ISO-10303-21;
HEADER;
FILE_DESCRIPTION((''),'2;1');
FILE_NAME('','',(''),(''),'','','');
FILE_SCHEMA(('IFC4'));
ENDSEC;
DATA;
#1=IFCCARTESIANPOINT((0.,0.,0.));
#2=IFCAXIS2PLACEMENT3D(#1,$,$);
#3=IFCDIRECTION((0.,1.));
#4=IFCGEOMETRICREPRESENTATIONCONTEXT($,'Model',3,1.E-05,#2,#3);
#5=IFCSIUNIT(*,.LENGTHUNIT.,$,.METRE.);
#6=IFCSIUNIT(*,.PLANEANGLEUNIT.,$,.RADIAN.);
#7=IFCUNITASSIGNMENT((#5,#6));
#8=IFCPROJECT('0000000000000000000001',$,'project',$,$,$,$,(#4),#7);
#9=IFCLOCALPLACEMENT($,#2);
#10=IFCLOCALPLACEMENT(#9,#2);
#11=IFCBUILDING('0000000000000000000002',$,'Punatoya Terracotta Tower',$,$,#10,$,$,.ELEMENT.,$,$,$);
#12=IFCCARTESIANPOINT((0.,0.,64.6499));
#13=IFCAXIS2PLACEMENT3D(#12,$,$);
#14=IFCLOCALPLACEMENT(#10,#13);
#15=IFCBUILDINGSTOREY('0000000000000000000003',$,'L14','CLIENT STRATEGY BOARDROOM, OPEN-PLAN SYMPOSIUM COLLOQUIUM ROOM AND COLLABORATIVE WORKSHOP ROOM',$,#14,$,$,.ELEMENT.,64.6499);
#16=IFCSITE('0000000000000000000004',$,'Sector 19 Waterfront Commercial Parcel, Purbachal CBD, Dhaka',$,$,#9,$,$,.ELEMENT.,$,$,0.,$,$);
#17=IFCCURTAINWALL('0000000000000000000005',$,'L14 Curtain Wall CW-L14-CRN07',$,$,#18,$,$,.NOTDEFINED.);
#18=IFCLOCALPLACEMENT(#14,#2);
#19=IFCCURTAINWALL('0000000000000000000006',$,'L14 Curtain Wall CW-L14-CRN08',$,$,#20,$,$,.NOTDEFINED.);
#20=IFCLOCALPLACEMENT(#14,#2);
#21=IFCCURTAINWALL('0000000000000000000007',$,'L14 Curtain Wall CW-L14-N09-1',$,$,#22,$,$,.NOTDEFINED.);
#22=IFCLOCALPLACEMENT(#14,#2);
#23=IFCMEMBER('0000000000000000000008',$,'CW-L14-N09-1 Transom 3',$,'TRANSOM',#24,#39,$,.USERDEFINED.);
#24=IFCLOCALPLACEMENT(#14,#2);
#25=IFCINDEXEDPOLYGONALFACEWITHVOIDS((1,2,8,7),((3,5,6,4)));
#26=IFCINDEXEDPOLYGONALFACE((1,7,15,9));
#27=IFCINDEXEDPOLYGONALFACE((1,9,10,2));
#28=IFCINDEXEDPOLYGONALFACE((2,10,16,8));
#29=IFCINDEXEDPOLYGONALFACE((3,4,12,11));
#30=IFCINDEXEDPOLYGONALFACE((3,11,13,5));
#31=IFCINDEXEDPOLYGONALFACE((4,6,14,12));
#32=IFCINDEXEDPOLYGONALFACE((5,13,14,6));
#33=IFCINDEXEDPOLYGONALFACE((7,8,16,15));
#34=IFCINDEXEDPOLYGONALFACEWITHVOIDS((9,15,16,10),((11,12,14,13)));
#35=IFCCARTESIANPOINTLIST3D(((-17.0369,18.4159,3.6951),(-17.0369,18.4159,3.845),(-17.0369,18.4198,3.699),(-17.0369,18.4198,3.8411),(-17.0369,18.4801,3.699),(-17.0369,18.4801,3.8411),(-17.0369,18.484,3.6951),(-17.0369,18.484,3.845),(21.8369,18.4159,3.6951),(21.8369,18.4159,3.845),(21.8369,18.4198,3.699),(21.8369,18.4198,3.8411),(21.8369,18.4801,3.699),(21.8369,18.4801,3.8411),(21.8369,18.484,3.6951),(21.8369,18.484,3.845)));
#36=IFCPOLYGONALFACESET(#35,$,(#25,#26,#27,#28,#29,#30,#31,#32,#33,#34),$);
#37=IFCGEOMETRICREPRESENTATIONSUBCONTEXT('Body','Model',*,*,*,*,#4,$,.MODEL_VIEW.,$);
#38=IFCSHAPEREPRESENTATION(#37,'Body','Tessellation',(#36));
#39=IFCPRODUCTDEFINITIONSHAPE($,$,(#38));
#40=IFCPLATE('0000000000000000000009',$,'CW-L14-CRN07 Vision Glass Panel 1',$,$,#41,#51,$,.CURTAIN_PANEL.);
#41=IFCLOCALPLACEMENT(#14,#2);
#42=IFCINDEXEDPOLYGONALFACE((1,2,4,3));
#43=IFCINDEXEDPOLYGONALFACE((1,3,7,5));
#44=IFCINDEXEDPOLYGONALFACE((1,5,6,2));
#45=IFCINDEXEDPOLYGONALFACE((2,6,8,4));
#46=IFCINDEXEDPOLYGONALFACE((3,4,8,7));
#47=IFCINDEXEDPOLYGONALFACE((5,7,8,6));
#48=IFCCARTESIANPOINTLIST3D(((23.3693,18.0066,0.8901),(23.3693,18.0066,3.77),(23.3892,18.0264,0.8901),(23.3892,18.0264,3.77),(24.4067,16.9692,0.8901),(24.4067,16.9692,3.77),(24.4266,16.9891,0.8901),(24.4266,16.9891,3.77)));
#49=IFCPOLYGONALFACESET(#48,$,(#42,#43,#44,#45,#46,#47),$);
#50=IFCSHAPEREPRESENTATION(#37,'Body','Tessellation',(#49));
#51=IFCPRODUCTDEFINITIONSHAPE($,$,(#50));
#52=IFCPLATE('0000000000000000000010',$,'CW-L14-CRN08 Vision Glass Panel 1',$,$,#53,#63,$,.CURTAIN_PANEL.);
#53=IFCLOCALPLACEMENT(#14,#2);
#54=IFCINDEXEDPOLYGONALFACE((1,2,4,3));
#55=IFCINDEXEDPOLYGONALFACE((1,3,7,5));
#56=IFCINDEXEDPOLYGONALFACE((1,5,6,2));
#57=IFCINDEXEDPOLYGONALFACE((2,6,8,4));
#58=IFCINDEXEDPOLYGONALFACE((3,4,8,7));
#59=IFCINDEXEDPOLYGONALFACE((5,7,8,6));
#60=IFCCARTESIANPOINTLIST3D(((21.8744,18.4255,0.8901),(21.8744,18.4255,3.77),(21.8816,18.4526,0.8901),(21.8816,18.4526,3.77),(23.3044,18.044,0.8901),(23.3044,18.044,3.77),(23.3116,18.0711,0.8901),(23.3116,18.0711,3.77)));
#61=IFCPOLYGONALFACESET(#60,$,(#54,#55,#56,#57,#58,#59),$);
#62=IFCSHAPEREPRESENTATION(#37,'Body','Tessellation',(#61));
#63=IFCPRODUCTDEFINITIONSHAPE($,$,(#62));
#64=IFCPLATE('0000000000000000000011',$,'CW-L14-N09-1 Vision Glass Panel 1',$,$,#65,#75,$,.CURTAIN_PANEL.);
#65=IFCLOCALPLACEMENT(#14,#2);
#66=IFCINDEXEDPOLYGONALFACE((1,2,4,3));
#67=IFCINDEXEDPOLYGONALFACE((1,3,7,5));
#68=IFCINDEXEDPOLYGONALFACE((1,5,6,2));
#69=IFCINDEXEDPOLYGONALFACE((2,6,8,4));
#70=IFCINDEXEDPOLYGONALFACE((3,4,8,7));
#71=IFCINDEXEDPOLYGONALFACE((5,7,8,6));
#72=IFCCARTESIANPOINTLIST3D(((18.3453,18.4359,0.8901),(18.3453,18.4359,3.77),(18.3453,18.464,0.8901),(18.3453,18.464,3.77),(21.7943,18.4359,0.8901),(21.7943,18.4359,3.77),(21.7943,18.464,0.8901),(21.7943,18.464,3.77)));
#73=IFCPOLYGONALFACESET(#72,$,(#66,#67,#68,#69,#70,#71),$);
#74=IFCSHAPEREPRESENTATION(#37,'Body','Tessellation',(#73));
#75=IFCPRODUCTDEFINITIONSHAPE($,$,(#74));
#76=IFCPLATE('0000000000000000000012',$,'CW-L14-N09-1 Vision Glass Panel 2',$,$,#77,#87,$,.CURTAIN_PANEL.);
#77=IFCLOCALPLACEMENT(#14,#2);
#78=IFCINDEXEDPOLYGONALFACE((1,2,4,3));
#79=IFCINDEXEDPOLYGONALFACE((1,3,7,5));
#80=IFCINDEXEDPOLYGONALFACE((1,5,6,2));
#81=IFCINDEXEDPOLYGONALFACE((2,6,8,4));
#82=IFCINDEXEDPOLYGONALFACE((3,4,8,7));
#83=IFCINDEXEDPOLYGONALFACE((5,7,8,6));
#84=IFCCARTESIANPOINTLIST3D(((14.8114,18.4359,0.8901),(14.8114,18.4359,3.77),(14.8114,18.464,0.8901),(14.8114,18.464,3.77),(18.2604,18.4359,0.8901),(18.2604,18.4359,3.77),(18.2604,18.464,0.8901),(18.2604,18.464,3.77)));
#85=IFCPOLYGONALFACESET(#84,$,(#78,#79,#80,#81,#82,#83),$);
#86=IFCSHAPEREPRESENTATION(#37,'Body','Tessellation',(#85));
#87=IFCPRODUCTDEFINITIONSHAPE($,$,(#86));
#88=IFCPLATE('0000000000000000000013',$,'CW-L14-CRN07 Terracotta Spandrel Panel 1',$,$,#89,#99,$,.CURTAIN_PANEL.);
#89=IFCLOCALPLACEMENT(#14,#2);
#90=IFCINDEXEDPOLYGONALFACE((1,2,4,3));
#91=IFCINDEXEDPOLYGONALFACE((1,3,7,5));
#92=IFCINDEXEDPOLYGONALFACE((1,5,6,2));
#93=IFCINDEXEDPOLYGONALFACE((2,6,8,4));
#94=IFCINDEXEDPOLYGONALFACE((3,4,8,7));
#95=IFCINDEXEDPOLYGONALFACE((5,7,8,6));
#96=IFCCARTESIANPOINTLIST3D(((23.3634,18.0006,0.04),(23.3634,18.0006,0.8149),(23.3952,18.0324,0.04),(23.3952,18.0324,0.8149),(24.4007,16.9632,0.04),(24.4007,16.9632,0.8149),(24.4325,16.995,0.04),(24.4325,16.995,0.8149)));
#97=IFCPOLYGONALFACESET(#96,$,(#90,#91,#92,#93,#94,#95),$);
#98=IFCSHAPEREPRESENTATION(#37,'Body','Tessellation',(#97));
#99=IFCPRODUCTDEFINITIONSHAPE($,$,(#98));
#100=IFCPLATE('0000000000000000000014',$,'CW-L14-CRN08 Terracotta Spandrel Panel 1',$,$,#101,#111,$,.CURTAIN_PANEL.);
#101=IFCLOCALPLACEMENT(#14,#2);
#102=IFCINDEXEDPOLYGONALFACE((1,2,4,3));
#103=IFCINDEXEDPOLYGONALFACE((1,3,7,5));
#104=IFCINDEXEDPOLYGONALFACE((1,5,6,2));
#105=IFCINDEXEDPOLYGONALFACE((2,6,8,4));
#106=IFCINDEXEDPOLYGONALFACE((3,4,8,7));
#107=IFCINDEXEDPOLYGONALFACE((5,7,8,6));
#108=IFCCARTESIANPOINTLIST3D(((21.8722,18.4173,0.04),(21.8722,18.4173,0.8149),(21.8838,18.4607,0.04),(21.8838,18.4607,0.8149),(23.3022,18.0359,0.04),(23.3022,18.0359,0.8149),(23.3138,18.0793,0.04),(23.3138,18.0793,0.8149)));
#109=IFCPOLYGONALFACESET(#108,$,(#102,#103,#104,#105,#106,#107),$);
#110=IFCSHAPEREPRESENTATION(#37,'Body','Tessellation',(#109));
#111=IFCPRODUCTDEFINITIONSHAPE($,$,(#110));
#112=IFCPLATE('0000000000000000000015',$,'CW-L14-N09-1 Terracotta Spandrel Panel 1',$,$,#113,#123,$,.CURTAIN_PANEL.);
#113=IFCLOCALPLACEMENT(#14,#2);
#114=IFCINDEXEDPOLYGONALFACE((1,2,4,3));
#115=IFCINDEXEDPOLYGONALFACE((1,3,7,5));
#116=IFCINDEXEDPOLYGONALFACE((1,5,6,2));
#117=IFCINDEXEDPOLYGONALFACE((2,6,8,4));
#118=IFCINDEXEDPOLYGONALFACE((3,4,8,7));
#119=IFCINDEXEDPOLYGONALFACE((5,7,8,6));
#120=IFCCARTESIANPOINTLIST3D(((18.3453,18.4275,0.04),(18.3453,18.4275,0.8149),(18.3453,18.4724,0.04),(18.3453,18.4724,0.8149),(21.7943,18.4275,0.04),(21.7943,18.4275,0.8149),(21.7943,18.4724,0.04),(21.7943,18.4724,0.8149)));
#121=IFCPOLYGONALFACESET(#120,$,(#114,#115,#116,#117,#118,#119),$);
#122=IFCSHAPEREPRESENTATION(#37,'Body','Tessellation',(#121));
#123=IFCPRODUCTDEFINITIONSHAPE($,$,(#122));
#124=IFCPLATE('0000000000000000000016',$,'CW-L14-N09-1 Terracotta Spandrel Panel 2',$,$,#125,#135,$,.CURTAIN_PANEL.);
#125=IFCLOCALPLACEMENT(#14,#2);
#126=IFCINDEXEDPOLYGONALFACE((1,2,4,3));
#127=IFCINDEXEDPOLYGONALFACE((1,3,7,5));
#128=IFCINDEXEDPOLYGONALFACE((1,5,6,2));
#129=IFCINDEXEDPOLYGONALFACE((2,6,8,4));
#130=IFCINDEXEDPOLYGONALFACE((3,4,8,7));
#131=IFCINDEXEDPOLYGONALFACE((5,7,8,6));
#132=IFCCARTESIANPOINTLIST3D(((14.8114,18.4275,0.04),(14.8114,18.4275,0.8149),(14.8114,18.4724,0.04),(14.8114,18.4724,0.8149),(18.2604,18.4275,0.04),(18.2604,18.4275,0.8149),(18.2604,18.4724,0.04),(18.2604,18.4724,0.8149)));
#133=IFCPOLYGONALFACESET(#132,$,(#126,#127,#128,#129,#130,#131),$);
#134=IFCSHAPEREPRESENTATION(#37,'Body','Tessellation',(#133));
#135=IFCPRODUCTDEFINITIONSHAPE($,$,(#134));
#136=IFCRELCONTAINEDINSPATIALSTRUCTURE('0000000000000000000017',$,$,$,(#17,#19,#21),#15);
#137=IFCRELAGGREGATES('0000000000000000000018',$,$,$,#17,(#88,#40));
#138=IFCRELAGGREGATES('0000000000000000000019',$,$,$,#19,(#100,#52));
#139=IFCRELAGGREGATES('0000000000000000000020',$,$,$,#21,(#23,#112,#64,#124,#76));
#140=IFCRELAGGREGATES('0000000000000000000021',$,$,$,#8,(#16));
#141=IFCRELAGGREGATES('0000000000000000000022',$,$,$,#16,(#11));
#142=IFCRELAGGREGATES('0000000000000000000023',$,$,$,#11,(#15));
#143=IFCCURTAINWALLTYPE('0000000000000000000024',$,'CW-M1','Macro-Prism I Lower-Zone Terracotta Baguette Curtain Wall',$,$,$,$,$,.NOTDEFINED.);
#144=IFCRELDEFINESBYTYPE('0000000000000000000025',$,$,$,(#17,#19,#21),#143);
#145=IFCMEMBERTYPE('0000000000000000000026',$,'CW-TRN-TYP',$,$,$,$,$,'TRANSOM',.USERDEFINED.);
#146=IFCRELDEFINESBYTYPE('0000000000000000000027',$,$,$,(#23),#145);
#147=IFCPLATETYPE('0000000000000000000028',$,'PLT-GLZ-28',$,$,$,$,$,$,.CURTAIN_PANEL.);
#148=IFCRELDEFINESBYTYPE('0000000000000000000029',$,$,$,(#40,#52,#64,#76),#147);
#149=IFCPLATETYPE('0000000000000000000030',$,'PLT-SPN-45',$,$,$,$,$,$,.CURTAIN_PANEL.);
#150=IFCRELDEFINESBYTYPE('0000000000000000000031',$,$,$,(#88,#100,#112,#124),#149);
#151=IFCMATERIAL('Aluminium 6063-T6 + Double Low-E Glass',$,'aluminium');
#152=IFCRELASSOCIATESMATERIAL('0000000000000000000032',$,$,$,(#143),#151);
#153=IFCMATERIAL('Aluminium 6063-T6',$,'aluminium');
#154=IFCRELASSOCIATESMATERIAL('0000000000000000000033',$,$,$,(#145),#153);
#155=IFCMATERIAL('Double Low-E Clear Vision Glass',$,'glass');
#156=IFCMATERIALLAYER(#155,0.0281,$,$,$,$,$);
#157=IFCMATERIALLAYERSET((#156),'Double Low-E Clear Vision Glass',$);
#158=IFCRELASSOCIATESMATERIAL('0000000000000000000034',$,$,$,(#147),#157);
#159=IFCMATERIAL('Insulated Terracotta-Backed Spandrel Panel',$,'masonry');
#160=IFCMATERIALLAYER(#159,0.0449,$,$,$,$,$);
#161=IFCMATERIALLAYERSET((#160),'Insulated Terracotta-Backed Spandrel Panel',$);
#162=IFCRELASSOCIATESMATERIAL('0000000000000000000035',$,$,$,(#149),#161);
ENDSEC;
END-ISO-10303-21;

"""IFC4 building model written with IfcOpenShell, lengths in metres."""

from ifc_helpers import new_model, si_unit, direction, frame, origin, origin_2d, place, context, subcontext, project, spatial, rectangle, hollow_rectangle, extrude, material, layer, layer_set, material_profile, profile_set, type_object, element, aggregate, save


model = new_model("IFC4")

# Units and contexts
model_context = context("Model", 3, precision=1e-05, world=origin(), true_north=direction((0.0, 1.0)))
body_context = subcontext(model_context, "Body", "Model", "MODEL_VIEW")
ifc_project = project(units=[si_unit("LENGTHUNIT", "METRE"), si_unit("PLANEANGLEUNIT", "RADIAN")], contexts=[model_context])

# Site, building, storey
site_placement = place(None, origin())
site = spatial("IfcSite", under=ifc_project, at=site_placement, Name="Sector 19 Waterfront Commercial Parcel, Purbachal CBD, Dhaka", CompositionType="ELEMENT", RefElevation=0.0)
building_placement = place(site_placement, origin())
building = spatial("IfcBuilding", under=site, at=building_placement, Name="Punatoya Terracotta Tower", CompositionType="ELEMENT")
storey_placement = place(building_placement, frame((0.0, 0.0, 64.6499)))
storey = spatial("IfcBuildingStorey", under=building, at=storey_placement, Name="L14", Description="CLIENT STRATEGY BOARDROOM, OPEN-PLAN SYMPOSIUM COLLOQUIUM ROOM AND COLLABORATIVE WORKSHOP ROOM", CompositionType="ELEMENT", Elevation=64.6499)

# Curtain walls
ifc_material_1 = material(Name="Aluminium 6063-T6 + Double Low-E Glass", Category="aluminium")
curtain_wall_type = type_object("IfcCurtainWallType", Name="CW-M1", Description="Macro-Prism I Lower-Zone Terracotta Baguette Curtain Wall", PredefinedType="NOTDEFINED", material=ifc_material_1)
curtain_wall_1_placement = place(storey_placement, origin())
curtain_wall_1 = element("IfcCurtainWall", 1, at=curtain_wall_1_placement, inside=storey, type_object=curtain_wall_type, Name="L14 Curtain Wall CW-L14-CRN07", PredefinedType="NOTDEFINED")
ifc_material_2 = material(Name="Aluminium 6063-T6", Category="aluminium")
curtain_wall_2_placement = place(storey_placement, origin())
curtain_wall_2 = element("IfcCurtainWall", 2, at=curtain_wall_2_placement, inside=storey, type_object=curtain_wall_type, Name="L14 Curtain Wall CW-L14-CRN08", PredefinedType="NOTDEFINED")
curtain_wall_3_placement = place(storey_placement, origin())
curtain_wall_3 = element("IfcCurtainWall", 3, at=curtain_wall_3_placement, inside=storey, type_object=curtain_wall_type, Name="L14 Curtain Wall CW-L14-N09-1", PredefinedType="NOTDEFINED")

# Member
ifc_material_profile_1 = material_profile(ifc_material_2, hollow_rectangle(XDim=0.0681, YDim=0.1499, WallThickness=0.0039, at=origin_2d()))
ifc_profile_set_1 = profile_set([ifc_material_profile_1], Name="Aluminium 6063-T6")
member_type_1 = type_object("IfcMemberType", Name="CW-TRN-TYP", ElementType="TRANSOM", PredefinedType="USERDEFINED", material=ifc_profile_set_1)
member_1_placement = place(storey_placement, frame((21.8369, 18.45, 3.77), z_axis=(-1.0, 0.0, 0.0), x_axis=(0.0, -1.0, 0.0)))
member_1 = element("IfcMember", 4, at=member_1_placement, type_object=member_type_1, Name="CW-L14-N09-1 Transom 3", ObjectType="TRANSOM", PredefinedType="USERDEFINED", context=body_context, shape_type="SweptSolid", body=[
    extrude(hollow_rectangle(XDim=0.0681, YDim=0.1499, WallThickness=0.0039, at=origin_2d()), origin(), (0.0, 0.0, 1.0), 38.8738),
])

# Plates
ifc_material_3 = material(Name="Double Low-E Clear Vision Glass", Category="glass")
ifc_layer_1 = layer(ifc_material_3, 0.0281)
ifc_layer_set_1 = layer_set([ifc_layer_1], Name="Double Low-E Clear Vision Glass")
plate_type_1 = type_object("IfcPlateType", Name="PLT-GLZ-28", PredefinedType="CURTAIN_PANEL", material=ifc_layer_set_1)
plate_1_placement = place(storey_placement, frame((23.8979, 17.4978, 0.8901), z_axis=(0.0, 0.0, 1.0), x_axis=(-0.707107, 0.707107, 0.0)))
plate_1 = element("IfcPlate", 5, at=plate_1_placement, type_object=plate_type_1, Name="CW-L14-CRN07 Vision Glass Panel 1", PredefinedType="CURTAIN_PANEL", context=body_context, shape_type="SweptSolid", body=[
    extrude(rectangle(XDim=1.467, YDim=0.0281, at=origin_2d()), origin(), (0.0, 0.0, 1.0), 2.8799),
])
plate_2_placement = place(storey_placement, frame((22.593, 18.2483, 0.8901), z_axis=(0.0, 0.0, 1.0), x_axis=(-0.966214, 0.257742, 0.0)))
plate_2 = element("IfcPlate", 6, at=plate_2_placement, type_object=plate_type_1, Name="CW-L14-CRN08 Vision Glass Panel 1", PredefinedType="CURTAIN_PANEL", context=body_context, shape_type="SweptSolid", body=[
    extrude(rectangle(XDim=1.48, YDim=0.0281, at=origin_2d()), origin(), (0.0, 0.0, 1.0), 2.8799),
])
plate_3_placement = place(storey_placement, frame((20.0698, 18.45, 0.8901), z_axis=(0.0, 0.0, 1.0), x_axis=(-1.0, 0.0, 0.0)))
plate_3 = element("IfcPlate", 7, at=plate_3_placement, type_object=plate_type_1, Name="CW-L14-N09-1 Vision Glass Panel 1", PredefinedType="CURTAIN_PANEL", context=body_context, shape_type="SweptSolid", body=[
    extrude(rectangle(XDim=3.449, YDim=0.0281, at=origin_2d()), origin(), (0.0, 0.0, 1.0), 2.8799),
])
plate_4_placement = place(storey_placement, frame((16.5359, 18.45, 0.8901), z_axis=(0.0, 0.0, 1.0), x_axis=(-1.0, 0.0, 0.0)))
plate_4 = element("IfcPlate", 8, at=plate_4_placement, type_object=plate_type_1, Name="CW-L14-N09-1 Vision Glass Panel 2", PredefinedType="CURTAIN_PANEL", context=body_context, shape_type="SweptSolid", body=[
    extrude(rectangle(XDim=3.449, YDim=0.0281, at=origin_2d()), origin(), (0.0, 0.0, 1.0), 2.8799),
])
ifc_material_4 = material(Name="Insulated Terracotta-Backed Spandrel Panel", Category="masonry")
ifc_layer_2 = layer(ifc_material_4, 0.0449)
ifc_layer_set_2 = layer_set([ifc_layer_2], Name="Insulated Terracotta-Backed Spandrel Panel")
plate_type_2 = type_object("IfcPlateType", Name="PLT-SPN-45", PredefinedType="CURTAIN_PANEL", material=ifc_layer_set_2)
plate_5_placement = place(storey_placement, frame((23.8979, 17.4978, 0.04), z_axis=(0.0, 0.0, 1.0), x_axis=(-0.707107, 0.707107, 0.0)))
plate_5 = element("IfcPlate", 9, at=plate_5_placement, type_object=plate_type_2, Name="CW-L14-CRN07 Terracotta Spandrel Panel 1", PredefinedType="CURTAIN_PANEL", context=body_context, shape_type="SweptSolid", body=[
    extrude(rectangle(XDim=1.467, YDim=0.0449, at=origin_2d()), origin(), (0.0, 0.0, 1.0), 0.7749),
])
aggregate(curtain_wall_1, [plate_5, plate_1])
plate_6_placement = place(storey_placement, frame((22.593, 18.2483, 0.04), z_axis=(0.0, 0.0, 1.0), x_axis=(-0.966214, 0.257742, 0.0)))
plate_6 = element("IfcPlate", 10, at=plate_6_placement, type_object=plate_type_2, Name="CW-L14-CRN08 Terracotta Spandrel Panel 1", PredefinedType="CURTAIN_PANEL", context=body_context, shape_type="SweptSolid", body=[
    extrude(rectangle(XDim=1.48, YDim=0.0449, at=origin_2d()), origin(), (0.0, 0.0, 1.0), 0.7749),
])
aggregate(curtain_wall_2, [plate_6, plate_2])
plate_7_placement = place(storey_placement, frame((20.0698, 18.45, 0.04), z_axis=(0.0, 0.0, 1.0), x_axis=(-1.0, 0.0, 0.0)))
plate_7 = element("IfcPlate", 11, at=plate_7_placement, type_object=plate_type_2, Name="CW-L14-N09-1 Terracotta Spandrel Panel 1", PredefinedType="CURTAIN_PANEL", context=body_context, shape_type="SweptSolid", body=[
    extrude(rectangle(XDim=3.449, YDim=0.0449, at=origin_2d()), origin(), (0.0, 0.0, 1.0), 0.7749),
])
plate_8_placement = place(storey_placement, frame((16.5359, 18.45, 0.04), z_axis=(0.0, 0.0, 1.0), x_axis=(-1.0, 0.0, 0.0)))
plate_8 = element("IfcPlate", 12, at=plate_8_placement, type_object=plate_type_2, Name="CW-L14-N09-1 Terracotta Spandrel Panel 2", PredefinedType="CURTAIN_PANEL", context=body_context, shape_type="SweptSolid", body=[
    extrude(rectangle(XDim=3.449, YDim=0.0449, at=origin_2d()), origin(), (0.0, 0.0, 1.0), 0.7749),
])
aggregate(curtain_wall_3, [member_1, plate_7, plate_3, plate_8, plate_4])

save(model, "model.ifc")
